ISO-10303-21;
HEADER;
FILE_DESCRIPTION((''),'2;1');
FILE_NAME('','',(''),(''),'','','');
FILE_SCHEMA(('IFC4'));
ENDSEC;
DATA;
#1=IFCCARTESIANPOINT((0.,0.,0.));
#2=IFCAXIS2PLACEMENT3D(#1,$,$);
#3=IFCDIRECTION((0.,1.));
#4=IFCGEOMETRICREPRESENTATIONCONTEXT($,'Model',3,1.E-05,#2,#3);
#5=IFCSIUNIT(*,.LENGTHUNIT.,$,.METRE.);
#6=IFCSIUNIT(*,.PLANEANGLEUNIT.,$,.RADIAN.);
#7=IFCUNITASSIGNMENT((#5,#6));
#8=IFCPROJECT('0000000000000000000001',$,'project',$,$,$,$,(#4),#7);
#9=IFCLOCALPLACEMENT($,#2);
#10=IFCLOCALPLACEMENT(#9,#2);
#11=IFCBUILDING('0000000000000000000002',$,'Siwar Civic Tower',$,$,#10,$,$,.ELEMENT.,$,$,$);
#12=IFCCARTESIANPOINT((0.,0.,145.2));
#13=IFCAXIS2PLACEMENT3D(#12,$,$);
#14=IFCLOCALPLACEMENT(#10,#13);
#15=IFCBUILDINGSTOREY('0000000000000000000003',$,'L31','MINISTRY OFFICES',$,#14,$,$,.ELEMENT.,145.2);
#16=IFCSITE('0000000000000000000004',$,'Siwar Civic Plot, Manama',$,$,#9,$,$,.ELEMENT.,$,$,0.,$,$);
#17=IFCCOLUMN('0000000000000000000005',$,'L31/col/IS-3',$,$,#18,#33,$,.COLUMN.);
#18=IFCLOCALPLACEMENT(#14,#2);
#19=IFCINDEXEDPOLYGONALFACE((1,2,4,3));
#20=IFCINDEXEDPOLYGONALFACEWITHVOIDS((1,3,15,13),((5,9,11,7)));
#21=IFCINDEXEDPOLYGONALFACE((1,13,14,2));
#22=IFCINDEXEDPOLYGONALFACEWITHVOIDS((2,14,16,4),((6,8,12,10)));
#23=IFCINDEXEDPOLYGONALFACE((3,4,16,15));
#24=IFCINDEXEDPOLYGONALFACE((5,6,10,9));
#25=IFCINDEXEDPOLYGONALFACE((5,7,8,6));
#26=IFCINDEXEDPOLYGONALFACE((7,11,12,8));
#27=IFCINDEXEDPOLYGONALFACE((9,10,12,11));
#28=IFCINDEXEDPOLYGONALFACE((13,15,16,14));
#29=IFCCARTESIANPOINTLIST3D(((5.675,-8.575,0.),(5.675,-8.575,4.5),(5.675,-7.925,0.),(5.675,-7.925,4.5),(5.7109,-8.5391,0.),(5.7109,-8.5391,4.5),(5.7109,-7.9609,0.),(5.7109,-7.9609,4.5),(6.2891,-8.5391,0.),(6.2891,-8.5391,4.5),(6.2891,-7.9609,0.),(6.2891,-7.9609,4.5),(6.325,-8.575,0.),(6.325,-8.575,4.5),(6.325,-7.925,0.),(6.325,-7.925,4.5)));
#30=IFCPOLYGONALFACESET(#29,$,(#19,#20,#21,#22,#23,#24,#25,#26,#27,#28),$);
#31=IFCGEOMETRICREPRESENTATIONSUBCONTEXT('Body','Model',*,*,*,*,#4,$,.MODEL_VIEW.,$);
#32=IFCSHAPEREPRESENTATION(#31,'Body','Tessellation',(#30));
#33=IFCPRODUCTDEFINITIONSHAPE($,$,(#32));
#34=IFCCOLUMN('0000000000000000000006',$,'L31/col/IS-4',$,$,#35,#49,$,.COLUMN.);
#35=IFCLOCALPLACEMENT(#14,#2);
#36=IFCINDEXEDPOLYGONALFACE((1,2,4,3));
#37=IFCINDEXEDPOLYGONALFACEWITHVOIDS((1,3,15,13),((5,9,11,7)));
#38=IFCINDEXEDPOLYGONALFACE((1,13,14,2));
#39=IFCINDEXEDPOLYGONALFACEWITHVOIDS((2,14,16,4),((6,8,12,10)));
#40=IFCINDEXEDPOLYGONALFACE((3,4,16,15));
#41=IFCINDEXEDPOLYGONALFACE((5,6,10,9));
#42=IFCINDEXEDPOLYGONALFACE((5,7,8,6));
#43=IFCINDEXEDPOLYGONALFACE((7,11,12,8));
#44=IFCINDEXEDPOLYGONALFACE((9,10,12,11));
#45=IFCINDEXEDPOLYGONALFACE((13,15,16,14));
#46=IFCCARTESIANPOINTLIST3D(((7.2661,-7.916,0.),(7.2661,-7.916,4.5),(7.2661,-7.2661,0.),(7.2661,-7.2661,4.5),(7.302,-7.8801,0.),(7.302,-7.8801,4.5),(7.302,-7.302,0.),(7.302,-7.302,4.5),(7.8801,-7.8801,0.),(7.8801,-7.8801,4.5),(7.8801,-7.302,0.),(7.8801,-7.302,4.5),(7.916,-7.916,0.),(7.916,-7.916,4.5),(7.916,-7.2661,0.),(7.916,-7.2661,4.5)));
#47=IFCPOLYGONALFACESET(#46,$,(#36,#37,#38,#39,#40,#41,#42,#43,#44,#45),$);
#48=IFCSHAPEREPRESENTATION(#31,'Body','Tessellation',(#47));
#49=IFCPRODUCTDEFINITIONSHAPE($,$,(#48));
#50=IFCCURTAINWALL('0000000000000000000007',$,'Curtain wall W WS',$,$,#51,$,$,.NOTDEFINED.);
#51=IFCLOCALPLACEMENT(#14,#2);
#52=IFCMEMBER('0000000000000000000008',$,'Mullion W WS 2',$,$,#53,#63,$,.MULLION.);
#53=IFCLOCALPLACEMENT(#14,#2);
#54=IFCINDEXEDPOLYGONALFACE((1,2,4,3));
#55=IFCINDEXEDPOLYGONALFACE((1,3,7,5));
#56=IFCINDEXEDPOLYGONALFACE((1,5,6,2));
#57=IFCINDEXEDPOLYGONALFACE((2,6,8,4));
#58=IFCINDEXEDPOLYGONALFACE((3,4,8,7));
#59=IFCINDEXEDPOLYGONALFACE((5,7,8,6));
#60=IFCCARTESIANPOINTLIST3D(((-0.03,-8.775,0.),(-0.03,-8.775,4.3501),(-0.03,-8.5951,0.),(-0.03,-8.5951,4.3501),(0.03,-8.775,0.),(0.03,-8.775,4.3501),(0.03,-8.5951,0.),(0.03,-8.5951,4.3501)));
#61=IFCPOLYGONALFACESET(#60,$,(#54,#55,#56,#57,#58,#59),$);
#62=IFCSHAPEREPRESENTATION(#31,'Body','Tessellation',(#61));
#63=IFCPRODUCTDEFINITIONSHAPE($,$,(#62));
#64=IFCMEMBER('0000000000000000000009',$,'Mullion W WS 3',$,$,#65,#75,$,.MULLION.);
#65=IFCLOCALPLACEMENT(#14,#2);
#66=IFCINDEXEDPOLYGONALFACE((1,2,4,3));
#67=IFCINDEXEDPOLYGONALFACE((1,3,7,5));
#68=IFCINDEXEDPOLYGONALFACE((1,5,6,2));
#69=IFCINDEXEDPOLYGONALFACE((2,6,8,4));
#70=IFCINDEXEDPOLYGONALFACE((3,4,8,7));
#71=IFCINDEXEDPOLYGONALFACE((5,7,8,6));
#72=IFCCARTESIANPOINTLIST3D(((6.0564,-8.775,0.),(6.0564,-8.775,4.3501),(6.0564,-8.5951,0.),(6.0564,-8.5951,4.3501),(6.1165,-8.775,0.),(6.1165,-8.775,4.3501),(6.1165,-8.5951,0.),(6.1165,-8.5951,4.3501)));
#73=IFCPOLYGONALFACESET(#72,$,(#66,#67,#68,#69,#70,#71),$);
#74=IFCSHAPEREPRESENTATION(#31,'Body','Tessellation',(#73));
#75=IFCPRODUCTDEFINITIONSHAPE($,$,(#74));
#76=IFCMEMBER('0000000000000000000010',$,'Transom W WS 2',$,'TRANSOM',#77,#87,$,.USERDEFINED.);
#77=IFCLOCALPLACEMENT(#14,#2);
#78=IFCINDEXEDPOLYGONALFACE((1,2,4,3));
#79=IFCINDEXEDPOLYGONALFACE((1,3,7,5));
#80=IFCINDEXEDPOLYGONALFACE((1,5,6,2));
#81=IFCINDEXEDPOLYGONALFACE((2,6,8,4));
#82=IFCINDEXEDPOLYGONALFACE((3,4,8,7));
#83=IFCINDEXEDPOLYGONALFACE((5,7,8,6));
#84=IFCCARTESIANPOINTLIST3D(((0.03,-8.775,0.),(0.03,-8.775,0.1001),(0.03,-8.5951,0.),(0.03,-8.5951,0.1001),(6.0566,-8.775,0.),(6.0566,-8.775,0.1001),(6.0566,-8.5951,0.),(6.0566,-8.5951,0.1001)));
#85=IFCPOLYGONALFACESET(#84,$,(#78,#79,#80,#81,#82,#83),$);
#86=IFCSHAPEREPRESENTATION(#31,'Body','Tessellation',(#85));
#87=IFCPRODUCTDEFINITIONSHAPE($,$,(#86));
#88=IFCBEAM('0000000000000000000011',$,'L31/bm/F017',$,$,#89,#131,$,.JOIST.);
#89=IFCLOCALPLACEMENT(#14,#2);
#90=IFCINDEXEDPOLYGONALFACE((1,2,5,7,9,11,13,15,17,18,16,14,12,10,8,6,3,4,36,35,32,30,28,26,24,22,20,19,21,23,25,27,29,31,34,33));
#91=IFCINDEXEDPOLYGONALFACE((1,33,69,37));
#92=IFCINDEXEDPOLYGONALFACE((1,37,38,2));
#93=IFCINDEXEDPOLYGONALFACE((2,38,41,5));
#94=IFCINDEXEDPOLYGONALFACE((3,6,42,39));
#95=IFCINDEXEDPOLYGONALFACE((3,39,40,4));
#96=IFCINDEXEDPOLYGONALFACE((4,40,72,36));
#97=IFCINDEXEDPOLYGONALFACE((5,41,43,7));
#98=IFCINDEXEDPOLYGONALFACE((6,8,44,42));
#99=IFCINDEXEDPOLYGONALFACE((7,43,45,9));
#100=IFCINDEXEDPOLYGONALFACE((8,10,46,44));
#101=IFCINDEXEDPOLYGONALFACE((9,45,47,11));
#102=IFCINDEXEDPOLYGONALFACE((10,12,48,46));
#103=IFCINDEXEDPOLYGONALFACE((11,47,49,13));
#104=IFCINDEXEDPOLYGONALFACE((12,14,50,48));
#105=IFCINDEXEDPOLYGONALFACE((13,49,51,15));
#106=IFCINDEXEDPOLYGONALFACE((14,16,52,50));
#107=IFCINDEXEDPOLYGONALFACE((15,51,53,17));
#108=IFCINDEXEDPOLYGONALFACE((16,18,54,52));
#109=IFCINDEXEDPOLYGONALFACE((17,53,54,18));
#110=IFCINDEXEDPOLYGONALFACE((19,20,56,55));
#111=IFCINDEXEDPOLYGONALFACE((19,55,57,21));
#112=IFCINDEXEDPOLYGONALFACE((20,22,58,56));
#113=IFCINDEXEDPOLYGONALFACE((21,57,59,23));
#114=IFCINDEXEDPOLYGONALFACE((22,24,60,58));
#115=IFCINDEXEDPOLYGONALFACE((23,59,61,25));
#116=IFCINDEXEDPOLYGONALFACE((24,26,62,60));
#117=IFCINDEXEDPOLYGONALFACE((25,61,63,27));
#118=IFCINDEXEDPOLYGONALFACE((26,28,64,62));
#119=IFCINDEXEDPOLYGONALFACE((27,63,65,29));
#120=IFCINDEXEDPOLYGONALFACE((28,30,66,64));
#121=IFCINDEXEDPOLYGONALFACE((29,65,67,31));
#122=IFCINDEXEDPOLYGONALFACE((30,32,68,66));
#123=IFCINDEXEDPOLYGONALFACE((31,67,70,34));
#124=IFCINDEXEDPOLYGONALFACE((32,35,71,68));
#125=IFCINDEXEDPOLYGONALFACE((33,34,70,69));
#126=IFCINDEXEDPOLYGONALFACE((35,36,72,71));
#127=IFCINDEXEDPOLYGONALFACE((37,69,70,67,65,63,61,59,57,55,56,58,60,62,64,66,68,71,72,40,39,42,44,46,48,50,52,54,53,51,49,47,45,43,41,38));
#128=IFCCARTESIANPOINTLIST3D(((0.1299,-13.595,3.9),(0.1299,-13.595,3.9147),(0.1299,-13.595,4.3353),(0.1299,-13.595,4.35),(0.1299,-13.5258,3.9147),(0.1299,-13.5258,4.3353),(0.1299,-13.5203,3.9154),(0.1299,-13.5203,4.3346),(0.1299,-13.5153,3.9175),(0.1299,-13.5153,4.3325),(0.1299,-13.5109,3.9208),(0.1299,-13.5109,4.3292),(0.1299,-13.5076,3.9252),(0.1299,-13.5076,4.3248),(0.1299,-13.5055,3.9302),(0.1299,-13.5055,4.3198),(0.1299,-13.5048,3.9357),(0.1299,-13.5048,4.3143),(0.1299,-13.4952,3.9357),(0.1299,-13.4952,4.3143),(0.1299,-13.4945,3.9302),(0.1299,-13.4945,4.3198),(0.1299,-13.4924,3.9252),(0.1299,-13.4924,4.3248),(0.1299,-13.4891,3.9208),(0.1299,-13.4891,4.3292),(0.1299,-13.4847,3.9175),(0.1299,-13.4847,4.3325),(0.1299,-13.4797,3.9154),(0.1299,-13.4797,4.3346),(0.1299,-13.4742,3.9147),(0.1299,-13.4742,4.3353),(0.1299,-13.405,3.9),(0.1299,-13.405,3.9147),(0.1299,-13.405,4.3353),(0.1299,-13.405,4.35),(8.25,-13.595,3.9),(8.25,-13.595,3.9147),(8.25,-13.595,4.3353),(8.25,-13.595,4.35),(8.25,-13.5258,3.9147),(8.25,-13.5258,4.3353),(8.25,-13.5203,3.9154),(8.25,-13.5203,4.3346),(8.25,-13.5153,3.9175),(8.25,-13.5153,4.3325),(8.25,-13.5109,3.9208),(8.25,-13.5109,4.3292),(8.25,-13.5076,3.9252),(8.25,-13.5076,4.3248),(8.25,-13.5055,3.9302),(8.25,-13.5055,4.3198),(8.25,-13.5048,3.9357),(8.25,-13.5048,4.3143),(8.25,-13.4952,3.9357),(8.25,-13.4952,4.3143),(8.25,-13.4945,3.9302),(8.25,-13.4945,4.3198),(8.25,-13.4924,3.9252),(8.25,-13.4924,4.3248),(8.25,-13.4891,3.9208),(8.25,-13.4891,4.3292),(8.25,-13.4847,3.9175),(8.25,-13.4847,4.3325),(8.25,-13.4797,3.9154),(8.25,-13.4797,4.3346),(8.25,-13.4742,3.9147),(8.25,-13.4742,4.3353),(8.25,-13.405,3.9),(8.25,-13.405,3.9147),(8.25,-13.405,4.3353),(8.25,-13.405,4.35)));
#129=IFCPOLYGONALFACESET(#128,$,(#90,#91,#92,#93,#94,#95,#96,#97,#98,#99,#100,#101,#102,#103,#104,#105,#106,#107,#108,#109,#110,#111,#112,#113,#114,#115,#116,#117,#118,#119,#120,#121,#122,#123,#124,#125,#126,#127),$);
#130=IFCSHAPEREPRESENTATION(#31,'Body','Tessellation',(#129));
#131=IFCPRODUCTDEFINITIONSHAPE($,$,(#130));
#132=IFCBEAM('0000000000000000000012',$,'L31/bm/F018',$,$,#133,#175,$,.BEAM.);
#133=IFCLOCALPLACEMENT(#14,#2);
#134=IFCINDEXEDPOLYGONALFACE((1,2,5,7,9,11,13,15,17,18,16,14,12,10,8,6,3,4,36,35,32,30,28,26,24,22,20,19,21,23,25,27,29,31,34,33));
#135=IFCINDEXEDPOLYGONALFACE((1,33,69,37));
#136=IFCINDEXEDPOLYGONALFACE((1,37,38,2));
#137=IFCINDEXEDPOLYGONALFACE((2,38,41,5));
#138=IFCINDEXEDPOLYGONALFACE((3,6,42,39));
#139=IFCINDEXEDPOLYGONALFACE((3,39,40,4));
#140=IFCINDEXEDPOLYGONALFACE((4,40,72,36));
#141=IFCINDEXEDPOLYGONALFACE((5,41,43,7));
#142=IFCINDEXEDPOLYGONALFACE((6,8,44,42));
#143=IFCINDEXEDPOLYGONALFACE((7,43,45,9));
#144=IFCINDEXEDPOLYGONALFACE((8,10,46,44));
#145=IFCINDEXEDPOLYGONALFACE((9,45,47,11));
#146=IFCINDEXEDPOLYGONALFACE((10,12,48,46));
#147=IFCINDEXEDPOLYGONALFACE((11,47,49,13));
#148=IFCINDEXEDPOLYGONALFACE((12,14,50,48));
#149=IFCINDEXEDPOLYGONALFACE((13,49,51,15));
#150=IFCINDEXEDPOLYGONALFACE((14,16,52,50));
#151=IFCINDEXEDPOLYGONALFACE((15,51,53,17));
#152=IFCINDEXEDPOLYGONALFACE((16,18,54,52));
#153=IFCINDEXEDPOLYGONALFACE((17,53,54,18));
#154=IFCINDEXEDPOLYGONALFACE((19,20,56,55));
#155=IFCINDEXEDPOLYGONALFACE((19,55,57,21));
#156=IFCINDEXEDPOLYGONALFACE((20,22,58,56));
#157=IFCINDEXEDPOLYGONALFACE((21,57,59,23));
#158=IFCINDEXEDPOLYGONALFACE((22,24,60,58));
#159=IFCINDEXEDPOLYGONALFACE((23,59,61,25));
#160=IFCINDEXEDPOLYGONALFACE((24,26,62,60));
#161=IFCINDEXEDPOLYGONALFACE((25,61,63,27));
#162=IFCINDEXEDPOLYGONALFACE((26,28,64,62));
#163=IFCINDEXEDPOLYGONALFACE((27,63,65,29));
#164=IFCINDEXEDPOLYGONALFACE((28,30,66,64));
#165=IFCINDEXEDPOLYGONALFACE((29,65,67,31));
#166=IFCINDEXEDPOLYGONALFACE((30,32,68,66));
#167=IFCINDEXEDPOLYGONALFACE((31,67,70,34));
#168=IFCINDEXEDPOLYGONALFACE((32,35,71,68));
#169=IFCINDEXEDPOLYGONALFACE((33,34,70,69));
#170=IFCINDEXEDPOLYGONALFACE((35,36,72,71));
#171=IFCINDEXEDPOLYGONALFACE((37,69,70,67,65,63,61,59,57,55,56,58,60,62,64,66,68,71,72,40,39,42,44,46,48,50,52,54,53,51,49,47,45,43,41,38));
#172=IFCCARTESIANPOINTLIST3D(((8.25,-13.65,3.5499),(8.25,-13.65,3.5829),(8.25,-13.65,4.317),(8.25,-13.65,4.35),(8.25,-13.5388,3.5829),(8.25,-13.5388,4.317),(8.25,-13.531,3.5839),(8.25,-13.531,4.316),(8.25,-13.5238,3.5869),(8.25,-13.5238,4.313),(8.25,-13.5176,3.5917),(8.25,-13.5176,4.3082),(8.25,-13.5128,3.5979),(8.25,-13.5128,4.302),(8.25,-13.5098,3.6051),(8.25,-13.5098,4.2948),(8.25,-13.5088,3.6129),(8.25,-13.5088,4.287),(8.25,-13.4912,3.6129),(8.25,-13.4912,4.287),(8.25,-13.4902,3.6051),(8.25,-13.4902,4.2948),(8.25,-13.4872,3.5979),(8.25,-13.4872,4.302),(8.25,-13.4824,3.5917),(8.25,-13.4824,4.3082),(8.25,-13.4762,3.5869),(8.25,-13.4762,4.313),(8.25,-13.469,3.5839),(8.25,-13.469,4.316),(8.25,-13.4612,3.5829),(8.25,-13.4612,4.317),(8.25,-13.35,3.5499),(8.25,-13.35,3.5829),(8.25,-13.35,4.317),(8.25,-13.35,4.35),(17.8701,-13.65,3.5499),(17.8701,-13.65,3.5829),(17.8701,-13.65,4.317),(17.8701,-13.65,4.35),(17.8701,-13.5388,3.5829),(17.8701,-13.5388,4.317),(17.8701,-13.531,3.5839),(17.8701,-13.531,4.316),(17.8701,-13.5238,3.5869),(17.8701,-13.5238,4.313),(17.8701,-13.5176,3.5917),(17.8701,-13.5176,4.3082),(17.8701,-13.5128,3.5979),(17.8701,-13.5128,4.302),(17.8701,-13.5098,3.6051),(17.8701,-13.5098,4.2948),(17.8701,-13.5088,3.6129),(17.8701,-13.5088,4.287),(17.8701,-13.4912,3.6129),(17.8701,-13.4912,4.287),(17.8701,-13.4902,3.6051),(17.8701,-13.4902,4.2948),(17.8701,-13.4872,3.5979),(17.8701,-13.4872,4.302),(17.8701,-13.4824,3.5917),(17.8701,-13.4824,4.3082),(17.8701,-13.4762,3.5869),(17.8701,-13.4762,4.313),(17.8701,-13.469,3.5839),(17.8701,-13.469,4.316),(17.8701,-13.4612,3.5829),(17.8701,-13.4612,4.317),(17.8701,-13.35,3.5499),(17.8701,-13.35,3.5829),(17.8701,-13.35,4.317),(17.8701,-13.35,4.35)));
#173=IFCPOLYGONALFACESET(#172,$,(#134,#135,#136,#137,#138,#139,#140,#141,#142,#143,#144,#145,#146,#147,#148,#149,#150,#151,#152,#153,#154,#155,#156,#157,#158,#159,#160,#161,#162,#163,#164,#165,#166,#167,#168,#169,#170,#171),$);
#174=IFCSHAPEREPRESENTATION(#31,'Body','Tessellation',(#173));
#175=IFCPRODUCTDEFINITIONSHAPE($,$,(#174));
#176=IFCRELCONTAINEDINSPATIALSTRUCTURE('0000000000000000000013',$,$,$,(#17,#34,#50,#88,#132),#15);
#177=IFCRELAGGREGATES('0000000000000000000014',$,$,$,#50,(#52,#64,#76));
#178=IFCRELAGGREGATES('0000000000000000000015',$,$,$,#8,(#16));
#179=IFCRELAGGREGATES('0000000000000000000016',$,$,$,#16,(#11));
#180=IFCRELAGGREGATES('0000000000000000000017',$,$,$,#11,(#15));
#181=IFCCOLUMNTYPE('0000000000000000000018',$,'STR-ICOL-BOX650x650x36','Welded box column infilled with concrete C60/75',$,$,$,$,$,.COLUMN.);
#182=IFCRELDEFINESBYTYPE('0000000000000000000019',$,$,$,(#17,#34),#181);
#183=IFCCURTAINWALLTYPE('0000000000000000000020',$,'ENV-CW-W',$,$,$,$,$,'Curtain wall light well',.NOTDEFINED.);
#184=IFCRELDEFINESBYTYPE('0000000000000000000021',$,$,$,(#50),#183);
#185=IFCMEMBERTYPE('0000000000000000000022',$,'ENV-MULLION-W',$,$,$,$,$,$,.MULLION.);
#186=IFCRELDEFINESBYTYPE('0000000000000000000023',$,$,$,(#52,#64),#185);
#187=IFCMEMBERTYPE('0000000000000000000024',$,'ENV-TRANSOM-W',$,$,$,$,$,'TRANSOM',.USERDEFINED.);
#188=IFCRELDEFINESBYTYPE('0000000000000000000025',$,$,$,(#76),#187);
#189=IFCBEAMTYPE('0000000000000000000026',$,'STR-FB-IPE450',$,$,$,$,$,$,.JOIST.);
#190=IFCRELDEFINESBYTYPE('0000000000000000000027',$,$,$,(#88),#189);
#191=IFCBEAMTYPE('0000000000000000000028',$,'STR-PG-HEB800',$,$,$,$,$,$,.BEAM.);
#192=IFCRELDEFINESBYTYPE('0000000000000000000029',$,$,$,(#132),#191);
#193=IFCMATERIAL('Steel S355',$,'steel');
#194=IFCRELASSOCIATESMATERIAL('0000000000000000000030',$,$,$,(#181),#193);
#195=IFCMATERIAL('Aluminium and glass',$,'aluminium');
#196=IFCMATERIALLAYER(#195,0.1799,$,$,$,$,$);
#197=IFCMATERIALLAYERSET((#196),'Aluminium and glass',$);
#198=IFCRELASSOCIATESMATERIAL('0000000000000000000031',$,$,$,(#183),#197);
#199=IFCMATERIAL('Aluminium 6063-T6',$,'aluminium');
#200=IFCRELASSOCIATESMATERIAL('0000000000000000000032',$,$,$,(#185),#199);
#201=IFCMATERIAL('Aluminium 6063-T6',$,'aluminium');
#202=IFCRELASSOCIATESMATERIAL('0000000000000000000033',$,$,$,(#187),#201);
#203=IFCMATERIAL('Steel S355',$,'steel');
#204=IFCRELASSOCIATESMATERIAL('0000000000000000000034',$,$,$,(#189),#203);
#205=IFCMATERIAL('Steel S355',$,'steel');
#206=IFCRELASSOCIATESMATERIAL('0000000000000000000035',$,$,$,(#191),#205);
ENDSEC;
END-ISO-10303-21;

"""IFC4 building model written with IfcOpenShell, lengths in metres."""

from ifc_helpers import new_model, si_unit, direction, frame, origin, origin_2d, place, context, subcontext, project, spatial, rectangle, hollow_rectangle, i_section, extrude, material, layer, layer_set, material_profile, profile_set, type_object, element, aggregate, save


model = new_model("IFC4")

# Units and contexts
model_context = context("Model", 3, precision=1e-05, world=origin(), true_north=direction((0.0, 1.0)))
body_context = subcontext(model_context, "Body", "Model", "MODEL_VIEW")
ifc_project = project(units=[si_unit("LENGTHUNIT", "METRE"), si_unit("PLANEANGLEUNIT", "RADIAN")], contexts=[model_context])

# Site, building, storey
site_placement = place(None, origin())
site = spatial("IfcSite", under=ifc_project, at=site_placement, Name="Siwar Civic Plot, Manama", CompositionType="ELEMENT", RefElevation=0.0)
building_placement = place(site_placement, origin())
building = spatial("IfcBuilding", under=site, at=building_placement, Name="Siwar Civic Tower", CompositionType="ELEMENT")
storey_placement = place(building_placement, frame((0.0, 0.0, 145.2)))
storey = spatial("IfcBuildingStorey", under=building, at=storey_placement, Name="L31", Description="MINISTRY OFFICES", CompositionType="ELEMENT", Elevation=145.2)

# Columns
ifc_material_1 = material(Name="Steel S355", Category="steel")
ifc_material_profile_1 = material_profile(ifc_material_1, hollow_rectangle(XDim=0.6499, YDim=0.6499, WallThickness=0.0359, at=origin_2d()), Name="BOX650x650x36")
ifc_profile_set_1 = profile_set([ifc_material_profile_1], Name="Steel S355")
column_type = type_object("IfcColumnType", Name="STR-ICOL-BOX650x650x36", Description="Welded box column infilled with concrete C60/75", PredefinedType="COLUMN", material=ifc_profile_set_1)
for number, where, z_axis, x_axis, name in (
    (1, (6.0, -8.25, 0.0), (0.0, 0.0, 1.0), (1.0, 0.0, 0.0), "L31/col/IS-3"),
    (2, (7.5911, -7.5911, 0.0), (0.0, 0.0, 1.0), (1.0, 0.0, 0.0), "L31/col/IS-4"),
):
    element("IfcColumn", number, at=place(storey_placement, frame(where, z_axis=z_axis, x_axis=x_axis)), inside=storey, type_object=column_type, Name=name, PredefinedType="COLUMN", context=body_context, shape_type="SweptSolid", body=[
        extrude(hollow_rectangle(XDim=0.6499, YDim=0.6499, WallThickness=0.0359, at=origin_2d()), origin(), (0.0, 0.0, 1.0), 4.5),
    ])

# Curtain wall, members
ifc_material_2 = material(Name="Aluminium and glass", Category="aluminium")
ifc_layer_1 = layer(ifc_material_2, 0.1799)
ifc_layer_set_1 = layer_set([ifc_layer_1], Name="Aluminium and glass")
curtain_wall_type = type_object("IfcCurtainWallType", Name="ENV-CW-W", ElementType="Curtain wall light well", PredefinedType="NOTDEFINED", material=ifc_layer_set_1)
curtain_wall_placement = place(storey_placement, origin())
curtain_wall = element("IfcCurtainWall", 3, at=curtain_wall_placement, inside=storey, type_object=curtain_wall_type, Name="Curtain wall W WS", PredefinedType="NOTDEFINED")
ifc_material_3 = material(Name="Aluminium 6063-T6", Category="aluminium")
ifc_material_profile_2 = material_profile(ifc_material_3, rectangle(XDim=0.1799, YDim=0.0601, at=origin_2d()), Name="AL 180x60")
ifc_profile_set_2 = profile_set([ifc_material_profile_2], Name="Aluminium 6063-T6")
member_type_1 = type_object("IfcMemberType", Name="ENV-MULLION-W", PredefinedType="MULLION", material=ifc_profile_set_2)
member_1_placement = place(storey_placement, frame((0.0, -8.6851, 0.0), z_axis=(0.0, 0.0, 1.0), x_axis=(0.0, 1.0, 0.0)))
member_1 = element("IfcMember", 4, at=member_1_placement, type_object=member_type_1, Name="Mullion W WS 2", PredefinedType="MULLION", context=body_context, shape_type="SweptSolid", body=[
    extrude(rectangle(XDim=0.1799, YDim=0.0601, at=origin_2d()), origin(), (0.0, 0.0, 1.0), 4.3501),
])
member_2_placement = place(storey_placement, frame((6.0864, -8.6851, 0.0), z_axis=(0.0, 0.0, 1.0), x_axis=(0.0, 1.0, 0.0)))
member_2 = element("IfcMember", 5, at=member_2_placement, type_object=member_type_1, Name="Mullion W WS 3", PredefinedType="MULLION", context=body_context, shape_type="SweptSolid", body=[
    extrude(rectangle(XDim=0.1799, YDim=0.0601, at=origin_2d()), origin(), (0.0, 0.0, 1.0), 4.3501),
])
ifc_material_4 = material(Name="Aluminium 6063-T6", Category="aluminium")
ifc_material_profile_3 = material_profile(ifc_material_4, rectangle(XDim=0.1799, YDim=0.1001, at=origin_2d()), Name="AL 180x100")
ifc_profile_set_3 = profile_set([ifc_material_profile_3], Name="Aluminium 6063-T6")
member_type_2 = type_object("IfcMemberType", Name="ENV-TRANSOM-W", ElementType="TRANSOM", PredefinedType="USERDEFINED", material=ifc_profile_set_3)
member_3_placement = place(storey_placement, frame((0.03, -8.6851, 0.05), z_axis=(1.0, 0.0, 0.0), x_axis=(0.0, 1.0, 0.0)))
member_3 = element("IfcMember", 6, at=member_3_placement, type_object=member_type_2, Name="Transom W WS 2", ObjectType="TRANSOM", PredefinedType="USERDEFINED", context=body_context, shape_type="SweptSolid", body=[
    extrude(rectangle(XDim=0.1799, YDim=0.1001, at=origin_2d()), origin(), (0.0, 0.0, 1.0), 6.0266),
])

# Beams
ifc_material_5 = material(Name="Steel S355", Category="steel")
ifc_material_profile_4 = material_profile(ifc_material_5, i_section(OverallWidth=0.1899, OverallDepth=0.45, WebThickness=0.0095, FlangeThickness=0.0146, FilletRadius=0.021, at=origin_2d()), Name="IPE450")
ifc_profile_set_4 = profile_set([ifc_material_profile_4], Name="Steel S355")
beam_type_1 = type_object("IfcBeamType", Name="STR-FB-IPE450", PredefinedType="JOIST", material=ifc_profile_set_4)
beam_1_placement = place(storey_placement, frame((0.1299, -13.5, 4.125), z_axis=(1.0, 0.0, 0.0), x_axis=(0.0, 1.0, 0.0)))
element("IfcBeam", 7, at=beam_1_placement, inside=storey, type_object=beam_type_1, Name="L31/bm/F017", PredefinedType="JOIST", context=body_context, shape_type="SweptSolid", body=[
    extrude(i_section(OverallWidth=0.1899, OverallDepth=0.45, WebThickness=0.0095, FlangeThickness=0.0146, FilletRadius=0.021, at=origin_2d()), origin(), (0.0, 0.0, 1.0), 8.1201),
])
ifc_material_6 = material(Name="Steel S355", Category="steel")
ifc_material_profile_5 = material_profile(ifc_material_6, i_section(OverallWidth=0.3, OverallDepth=0.8, WebThickness=0.0176, FlangeThickness=0.033, FilletRadius=0.03, at=origin_2d()), Name="HEB800")
ifc_profile_set_5 = profile_set([ifc_material_profile_5], Name="Steel S355")
beam_type_2 = type_object("IfcBeamType", Name="STR-PG-HEB800", PredefinedType="BEAM", material=ifc_profile_set_5)
beam_2_placement = place(storey_placement, frame((8.25, -13.5, 3.95), z_axis=(1.0, 0.0, 0.0), x_axis=(0.0, 1.0, 0.0)))
element("IfcBeam", 8, at=beam_2_placement, inside=storey, type_object=beam_type_2, Name="L31/bm/F018", PredefinedType="BEAM", context=body_context, shape_type="SweptSolid", body=[
    extrude(i_section(OverallWidth=0.3, OverallDepth=0.8, WebThickness=0.0176, FlangeThickness=0.033, FilletRadius=0.03, at=origin_2d()), origin(), (0.0, 0.0, 1.0), 9.6201),
])

aggregate(curtain_wall, [member_1, member_2, member_3])

save(model, "model.ifc")
